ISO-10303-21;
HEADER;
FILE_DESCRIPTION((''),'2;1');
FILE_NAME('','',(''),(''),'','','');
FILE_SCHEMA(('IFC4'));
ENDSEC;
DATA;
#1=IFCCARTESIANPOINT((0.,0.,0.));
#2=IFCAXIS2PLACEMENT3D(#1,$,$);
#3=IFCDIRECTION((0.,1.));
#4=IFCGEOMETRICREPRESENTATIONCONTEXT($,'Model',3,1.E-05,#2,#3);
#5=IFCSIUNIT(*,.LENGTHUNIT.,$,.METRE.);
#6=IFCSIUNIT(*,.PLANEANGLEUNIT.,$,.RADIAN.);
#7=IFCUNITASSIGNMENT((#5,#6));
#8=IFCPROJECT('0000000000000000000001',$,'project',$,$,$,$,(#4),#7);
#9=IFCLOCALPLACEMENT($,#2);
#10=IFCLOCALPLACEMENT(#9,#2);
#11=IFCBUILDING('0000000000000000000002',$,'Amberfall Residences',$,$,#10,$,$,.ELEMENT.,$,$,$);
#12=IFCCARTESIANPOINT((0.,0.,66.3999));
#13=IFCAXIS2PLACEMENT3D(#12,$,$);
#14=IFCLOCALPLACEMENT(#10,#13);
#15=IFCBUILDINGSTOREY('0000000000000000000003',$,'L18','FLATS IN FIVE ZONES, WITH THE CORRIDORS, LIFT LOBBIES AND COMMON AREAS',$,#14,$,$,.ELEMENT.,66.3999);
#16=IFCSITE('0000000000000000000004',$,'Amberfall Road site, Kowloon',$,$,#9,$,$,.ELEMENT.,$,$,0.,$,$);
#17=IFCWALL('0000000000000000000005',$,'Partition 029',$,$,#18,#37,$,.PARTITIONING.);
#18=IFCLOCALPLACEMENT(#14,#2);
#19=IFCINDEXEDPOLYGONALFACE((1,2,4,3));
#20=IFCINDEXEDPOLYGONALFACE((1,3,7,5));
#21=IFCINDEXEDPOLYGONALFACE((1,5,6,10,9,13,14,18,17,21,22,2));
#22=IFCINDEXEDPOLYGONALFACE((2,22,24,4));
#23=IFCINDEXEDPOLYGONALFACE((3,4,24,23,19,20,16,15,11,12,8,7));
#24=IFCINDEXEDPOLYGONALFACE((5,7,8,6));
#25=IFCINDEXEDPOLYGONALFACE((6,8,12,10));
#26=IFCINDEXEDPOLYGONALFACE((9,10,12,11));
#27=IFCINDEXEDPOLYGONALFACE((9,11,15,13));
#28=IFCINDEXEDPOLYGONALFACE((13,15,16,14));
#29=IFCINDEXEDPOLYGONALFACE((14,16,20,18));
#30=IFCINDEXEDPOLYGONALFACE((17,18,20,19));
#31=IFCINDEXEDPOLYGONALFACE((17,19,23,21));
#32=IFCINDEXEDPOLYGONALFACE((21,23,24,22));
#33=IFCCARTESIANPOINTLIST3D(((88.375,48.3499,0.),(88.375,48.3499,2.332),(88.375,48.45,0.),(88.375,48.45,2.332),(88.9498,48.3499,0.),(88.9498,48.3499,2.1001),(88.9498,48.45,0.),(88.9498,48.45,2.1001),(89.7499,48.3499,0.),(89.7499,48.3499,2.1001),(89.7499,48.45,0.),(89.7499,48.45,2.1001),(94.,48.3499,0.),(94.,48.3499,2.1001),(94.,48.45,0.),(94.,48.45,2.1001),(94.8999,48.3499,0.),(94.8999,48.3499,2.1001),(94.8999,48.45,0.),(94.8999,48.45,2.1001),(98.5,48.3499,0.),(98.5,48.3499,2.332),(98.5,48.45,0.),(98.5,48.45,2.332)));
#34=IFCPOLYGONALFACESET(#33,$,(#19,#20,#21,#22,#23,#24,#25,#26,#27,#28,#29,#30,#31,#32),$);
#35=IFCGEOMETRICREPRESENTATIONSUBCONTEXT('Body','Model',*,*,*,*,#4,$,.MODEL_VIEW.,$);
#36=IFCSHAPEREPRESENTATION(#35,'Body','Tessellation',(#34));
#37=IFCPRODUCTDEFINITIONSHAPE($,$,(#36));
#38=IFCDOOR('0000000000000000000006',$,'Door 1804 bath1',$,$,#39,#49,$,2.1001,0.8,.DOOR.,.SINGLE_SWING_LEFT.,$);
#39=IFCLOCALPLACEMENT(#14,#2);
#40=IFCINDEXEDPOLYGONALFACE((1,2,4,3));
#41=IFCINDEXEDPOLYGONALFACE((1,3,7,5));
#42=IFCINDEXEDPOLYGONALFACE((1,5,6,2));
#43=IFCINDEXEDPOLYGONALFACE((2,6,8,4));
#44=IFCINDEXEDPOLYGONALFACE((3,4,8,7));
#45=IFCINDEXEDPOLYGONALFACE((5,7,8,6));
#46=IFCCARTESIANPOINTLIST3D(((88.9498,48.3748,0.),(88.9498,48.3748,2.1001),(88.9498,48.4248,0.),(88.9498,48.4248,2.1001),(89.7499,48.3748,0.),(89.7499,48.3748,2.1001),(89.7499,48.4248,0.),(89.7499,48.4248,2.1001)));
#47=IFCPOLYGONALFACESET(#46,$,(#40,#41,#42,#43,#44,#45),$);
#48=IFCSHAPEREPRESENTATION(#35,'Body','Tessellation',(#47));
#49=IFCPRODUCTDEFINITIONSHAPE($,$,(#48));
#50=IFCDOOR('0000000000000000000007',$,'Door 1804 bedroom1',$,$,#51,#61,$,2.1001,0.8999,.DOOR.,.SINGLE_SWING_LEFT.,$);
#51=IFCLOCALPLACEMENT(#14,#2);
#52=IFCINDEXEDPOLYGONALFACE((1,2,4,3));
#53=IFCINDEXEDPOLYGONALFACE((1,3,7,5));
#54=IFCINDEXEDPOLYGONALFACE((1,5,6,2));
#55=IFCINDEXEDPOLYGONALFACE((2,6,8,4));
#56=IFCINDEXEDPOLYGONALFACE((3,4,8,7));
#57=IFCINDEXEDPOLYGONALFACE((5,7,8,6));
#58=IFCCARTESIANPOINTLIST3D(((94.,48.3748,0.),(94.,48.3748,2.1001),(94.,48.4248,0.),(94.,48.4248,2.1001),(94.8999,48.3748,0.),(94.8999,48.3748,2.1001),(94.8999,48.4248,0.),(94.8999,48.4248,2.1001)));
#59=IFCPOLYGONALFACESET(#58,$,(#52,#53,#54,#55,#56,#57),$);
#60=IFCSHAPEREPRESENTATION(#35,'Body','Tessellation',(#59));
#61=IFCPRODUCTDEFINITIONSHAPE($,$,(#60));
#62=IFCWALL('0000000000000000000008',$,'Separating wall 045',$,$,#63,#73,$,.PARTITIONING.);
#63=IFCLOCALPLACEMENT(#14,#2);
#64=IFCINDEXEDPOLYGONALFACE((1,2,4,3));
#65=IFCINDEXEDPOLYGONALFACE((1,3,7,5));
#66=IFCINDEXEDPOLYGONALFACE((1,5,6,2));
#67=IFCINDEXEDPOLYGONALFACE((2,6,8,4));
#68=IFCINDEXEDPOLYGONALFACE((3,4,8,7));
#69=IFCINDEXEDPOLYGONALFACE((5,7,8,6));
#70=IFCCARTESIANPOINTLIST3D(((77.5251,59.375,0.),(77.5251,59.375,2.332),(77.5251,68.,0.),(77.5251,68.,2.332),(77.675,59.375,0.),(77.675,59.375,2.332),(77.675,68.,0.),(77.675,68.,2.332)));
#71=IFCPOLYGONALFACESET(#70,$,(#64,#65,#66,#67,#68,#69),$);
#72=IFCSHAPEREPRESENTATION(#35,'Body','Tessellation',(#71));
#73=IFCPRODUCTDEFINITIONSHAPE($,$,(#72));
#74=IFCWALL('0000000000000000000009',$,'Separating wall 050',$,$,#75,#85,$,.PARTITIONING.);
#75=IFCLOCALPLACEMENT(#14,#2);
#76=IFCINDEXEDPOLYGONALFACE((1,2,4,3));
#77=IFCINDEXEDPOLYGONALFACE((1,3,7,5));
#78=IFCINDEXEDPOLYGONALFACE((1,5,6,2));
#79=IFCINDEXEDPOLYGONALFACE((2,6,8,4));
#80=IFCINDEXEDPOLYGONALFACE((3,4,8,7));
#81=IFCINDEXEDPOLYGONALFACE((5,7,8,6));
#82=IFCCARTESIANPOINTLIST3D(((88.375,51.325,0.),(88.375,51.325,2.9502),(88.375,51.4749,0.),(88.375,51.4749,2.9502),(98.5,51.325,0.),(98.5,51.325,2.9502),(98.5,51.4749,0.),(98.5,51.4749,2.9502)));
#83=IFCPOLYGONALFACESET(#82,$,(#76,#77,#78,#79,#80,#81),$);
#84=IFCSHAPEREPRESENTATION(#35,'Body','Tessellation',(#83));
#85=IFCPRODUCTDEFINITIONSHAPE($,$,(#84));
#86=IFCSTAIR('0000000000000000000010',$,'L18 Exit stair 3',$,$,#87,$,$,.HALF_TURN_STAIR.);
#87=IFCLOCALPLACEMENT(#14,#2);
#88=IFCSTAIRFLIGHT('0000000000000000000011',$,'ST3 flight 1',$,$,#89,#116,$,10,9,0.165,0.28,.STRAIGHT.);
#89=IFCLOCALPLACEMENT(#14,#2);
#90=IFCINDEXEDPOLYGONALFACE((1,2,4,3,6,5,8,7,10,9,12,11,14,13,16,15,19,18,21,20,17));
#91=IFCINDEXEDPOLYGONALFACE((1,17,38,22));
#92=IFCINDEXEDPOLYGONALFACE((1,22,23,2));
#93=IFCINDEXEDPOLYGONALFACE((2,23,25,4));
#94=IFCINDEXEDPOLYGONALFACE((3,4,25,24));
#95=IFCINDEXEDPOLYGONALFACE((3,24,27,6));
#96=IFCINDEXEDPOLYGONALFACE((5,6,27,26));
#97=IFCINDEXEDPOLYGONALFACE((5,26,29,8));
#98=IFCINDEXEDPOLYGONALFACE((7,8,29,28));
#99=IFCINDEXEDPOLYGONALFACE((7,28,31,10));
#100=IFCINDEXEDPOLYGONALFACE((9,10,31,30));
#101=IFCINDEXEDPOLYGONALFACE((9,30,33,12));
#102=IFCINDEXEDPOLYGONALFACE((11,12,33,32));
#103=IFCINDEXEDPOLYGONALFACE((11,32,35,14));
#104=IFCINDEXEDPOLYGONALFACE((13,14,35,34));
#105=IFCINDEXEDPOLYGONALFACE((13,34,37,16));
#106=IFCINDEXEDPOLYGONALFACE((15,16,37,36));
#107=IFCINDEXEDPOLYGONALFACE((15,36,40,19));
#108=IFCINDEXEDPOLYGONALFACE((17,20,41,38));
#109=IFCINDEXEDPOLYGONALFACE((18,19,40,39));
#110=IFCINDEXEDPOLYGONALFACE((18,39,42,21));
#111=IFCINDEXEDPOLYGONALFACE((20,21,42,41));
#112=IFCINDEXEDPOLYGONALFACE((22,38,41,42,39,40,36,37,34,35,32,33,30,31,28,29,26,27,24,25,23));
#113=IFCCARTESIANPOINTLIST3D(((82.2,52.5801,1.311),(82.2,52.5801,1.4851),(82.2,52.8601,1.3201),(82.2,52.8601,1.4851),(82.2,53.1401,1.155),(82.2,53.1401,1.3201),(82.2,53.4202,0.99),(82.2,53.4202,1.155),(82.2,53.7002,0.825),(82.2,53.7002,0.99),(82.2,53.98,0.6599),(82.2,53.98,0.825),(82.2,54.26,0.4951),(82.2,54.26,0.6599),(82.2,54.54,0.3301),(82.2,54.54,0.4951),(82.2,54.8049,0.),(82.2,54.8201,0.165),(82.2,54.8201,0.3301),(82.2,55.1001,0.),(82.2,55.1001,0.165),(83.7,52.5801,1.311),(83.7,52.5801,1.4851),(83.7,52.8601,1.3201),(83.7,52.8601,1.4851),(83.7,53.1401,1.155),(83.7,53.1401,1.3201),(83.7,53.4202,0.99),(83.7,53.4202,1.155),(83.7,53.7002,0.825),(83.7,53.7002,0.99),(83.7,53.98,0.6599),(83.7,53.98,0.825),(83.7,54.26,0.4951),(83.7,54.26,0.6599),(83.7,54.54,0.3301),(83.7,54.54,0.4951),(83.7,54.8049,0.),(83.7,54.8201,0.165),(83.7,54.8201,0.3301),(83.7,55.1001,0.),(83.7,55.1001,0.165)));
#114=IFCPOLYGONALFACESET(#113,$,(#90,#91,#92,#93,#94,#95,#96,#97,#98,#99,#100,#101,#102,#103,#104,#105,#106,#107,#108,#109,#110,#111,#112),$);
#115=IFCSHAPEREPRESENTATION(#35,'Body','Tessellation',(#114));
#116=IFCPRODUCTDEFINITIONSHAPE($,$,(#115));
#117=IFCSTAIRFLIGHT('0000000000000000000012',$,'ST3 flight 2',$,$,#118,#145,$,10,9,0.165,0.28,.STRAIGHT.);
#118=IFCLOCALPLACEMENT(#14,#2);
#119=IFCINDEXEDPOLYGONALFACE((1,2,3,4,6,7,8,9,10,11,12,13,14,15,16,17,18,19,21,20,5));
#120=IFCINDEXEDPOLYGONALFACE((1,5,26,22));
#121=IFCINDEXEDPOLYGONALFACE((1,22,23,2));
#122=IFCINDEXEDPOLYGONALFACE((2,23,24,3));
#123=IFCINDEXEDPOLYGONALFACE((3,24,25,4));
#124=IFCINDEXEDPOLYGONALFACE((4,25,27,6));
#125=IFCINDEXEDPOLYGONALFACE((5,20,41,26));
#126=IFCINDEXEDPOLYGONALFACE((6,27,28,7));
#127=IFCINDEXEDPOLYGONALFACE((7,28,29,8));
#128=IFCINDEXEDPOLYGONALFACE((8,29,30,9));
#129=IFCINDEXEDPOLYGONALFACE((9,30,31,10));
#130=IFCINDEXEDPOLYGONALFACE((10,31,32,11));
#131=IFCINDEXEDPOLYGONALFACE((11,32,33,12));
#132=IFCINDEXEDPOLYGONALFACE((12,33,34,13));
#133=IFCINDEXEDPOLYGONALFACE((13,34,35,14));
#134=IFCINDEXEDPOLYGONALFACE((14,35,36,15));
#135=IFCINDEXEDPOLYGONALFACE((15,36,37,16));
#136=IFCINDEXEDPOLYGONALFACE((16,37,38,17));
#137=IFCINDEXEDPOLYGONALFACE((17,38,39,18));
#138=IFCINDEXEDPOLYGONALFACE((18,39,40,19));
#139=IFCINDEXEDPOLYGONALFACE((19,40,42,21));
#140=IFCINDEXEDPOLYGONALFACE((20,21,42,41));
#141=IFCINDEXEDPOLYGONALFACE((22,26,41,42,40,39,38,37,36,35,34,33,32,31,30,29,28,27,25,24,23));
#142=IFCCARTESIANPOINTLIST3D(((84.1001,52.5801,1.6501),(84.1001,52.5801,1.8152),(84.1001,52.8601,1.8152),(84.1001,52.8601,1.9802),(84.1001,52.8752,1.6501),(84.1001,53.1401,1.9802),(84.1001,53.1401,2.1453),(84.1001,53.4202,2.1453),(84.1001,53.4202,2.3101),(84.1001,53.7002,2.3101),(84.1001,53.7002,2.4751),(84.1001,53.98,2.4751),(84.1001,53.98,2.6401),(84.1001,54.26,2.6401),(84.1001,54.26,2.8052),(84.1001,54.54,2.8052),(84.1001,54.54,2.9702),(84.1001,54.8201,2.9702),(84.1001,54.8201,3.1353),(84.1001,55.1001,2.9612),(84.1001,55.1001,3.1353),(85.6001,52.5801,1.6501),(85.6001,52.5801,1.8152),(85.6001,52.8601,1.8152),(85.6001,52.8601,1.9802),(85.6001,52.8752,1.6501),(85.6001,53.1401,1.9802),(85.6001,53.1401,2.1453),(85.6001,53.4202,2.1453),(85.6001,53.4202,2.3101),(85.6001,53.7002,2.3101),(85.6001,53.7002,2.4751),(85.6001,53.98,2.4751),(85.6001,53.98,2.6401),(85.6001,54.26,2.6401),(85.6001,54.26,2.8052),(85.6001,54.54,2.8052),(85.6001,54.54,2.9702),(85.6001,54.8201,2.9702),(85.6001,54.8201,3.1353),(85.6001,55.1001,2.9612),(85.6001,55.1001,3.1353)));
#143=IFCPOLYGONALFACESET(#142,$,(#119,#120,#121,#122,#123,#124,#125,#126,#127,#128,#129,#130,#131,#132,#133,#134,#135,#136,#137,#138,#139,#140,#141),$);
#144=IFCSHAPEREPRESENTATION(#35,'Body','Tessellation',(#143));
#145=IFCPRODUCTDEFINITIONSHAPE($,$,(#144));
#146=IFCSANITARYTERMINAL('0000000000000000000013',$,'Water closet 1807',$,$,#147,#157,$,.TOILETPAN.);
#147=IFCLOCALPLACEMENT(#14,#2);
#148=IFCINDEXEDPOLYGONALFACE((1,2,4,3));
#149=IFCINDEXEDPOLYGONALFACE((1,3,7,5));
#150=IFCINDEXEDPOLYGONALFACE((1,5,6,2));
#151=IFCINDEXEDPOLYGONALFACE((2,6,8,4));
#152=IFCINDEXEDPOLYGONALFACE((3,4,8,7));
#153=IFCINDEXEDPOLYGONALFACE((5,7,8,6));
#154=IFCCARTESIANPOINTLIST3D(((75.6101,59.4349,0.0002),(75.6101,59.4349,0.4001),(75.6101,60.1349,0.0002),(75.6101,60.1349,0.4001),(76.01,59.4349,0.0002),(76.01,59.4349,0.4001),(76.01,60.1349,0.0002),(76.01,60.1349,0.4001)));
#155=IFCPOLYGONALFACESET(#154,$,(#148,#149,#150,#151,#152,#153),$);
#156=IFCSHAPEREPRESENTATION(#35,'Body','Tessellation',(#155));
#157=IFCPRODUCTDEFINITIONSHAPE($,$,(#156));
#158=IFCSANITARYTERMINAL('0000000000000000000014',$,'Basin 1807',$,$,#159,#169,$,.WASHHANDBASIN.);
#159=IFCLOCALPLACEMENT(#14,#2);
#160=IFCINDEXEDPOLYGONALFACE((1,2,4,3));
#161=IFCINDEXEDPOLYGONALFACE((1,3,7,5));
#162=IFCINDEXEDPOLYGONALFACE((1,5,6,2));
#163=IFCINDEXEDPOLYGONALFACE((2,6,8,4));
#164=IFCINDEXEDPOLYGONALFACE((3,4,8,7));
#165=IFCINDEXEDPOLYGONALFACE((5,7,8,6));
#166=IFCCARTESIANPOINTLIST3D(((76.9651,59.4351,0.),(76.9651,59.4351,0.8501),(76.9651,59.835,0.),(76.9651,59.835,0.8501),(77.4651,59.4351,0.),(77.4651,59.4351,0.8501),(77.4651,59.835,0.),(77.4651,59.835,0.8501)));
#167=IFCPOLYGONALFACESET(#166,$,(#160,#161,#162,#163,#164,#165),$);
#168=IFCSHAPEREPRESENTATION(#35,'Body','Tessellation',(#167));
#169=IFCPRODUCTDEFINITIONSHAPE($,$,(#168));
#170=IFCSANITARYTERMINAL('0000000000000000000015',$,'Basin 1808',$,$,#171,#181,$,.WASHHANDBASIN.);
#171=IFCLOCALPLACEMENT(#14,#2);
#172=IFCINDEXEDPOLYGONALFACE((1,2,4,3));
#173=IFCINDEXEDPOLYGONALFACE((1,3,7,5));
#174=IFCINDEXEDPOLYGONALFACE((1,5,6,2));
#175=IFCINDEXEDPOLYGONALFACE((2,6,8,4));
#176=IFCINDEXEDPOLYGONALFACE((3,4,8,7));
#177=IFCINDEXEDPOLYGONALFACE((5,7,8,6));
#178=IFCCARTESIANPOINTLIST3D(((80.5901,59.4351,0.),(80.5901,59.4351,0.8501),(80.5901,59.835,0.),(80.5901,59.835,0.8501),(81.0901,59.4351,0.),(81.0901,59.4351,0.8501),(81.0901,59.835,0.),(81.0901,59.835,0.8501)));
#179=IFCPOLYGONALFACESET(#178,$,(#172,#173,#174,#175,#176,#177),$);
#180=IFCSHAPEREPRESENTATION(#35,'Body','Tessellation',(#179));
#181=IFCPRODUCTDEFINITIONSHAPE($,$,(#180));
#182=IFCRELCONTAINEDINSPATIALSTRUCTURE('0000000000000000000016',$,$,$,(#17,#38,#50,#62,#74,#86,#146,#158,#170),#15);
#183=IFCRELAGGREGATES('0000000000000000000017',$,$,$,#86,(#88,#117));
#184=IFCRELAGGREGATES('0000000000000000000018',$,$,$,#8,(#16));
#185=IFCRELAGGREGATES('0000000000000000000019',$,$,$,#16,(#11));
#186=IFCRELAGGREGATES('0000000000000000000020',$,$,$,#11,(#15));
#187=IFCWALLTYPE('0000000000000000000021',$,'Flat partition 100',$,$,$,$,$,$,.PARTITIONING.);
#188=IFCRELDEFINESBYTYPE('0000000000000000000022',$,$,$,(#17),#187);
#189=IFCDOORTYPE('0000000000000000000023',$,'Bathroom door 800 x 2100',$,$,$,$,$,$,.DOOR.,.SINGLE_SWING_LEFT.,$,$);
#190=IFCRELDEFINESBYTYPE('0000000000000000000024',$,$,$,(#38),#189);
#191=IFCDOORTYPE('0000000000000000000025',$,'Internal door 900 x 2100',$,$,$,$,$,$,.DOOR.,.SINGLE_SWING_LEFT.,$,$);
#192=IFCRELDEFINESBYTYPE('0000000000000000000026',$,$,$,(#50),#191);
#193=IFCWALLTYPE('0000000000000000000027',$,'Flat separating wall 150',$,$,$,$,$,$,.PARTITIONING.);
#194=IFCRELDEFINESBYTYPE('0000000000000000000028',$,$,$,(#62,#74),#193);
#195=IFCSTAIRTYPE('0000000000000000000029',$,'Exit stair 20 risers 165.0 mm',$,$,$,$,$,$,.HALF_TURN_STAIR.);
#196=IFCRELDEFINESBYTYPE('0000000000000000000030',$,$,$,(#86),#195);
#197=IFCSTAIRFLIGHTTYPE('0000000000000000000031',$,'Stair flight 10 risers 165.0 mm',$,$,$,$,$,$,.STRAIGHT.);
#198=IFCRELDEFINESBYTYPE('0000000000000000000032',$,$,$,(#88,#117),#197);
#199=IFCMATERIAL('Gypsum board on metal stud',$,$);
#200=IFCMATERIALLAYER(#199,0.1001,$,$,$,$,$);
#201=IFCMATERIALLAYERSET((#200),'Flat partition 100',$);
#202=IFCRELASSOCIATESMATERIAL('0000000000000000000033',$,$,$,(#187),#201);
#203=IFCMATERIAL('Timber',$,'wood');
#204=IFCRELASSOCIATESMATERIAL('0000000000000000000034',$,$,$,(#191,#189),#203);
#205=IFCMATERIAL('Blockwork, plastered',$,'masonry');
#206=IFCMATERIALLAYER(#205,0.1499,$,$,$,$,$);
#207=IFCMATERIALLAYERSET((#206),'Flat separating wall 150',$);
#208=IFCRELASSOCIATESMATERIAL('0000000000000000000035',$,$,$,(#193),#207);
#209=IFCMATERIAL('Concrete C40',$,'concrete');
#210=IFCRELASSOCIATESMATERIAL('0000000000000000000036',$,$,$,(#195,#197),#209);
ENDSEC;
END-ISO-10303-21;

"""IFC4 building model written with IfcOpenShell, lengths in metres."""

from ifc_helpers import new_model, si_unit, direction, frame, frame_2d, origin, origin_2d, place, context, subcontext, project, spatial, polyline, rectangle, outline, extrude, material, layer, layer_set, type_object, element, fill, aggregate, save


model = new_model("IFC4")

# Units and contexts
model_context = context("Model", 3, precision=1e-05, world=origin(), true_north=direction((0.0, 1.0)))
body_context = subcontext(model_context, "Body", "Model", "MODEL_VIEW")
ifc_project = project(units=[si_unit("LENGTHUNIT", "METRE"), si_unit("PLANEANGLEUNIT", "RADIAN")], contexts=[model_context])

# Site, building, storey
site_placement = place(None, origin())
site = spatial("IfcSite", under=ifc_project, at=site_placement, Name="Amberfall Road site, Kowloon", CompositionType="ELEMENT", RefElevation=0.0)
building_placement = place(site_placement, origin())
building = spatial("IfcBuilding", under=site, at=building_placement, Name="Amberfall Residences", CompositionType="ELEMENT")
storey_placement = place(building_placement, frame((0.0, 0.0, 66.3999)))
storey = spatial("IfcBuildingStorey", under=building, at=storey_placement, Name="L18", Description="FLATS IN FIVE ZONES, WITH THE CORRIDORS, LIFT LOBBIES AND COMMON AREAS", CompositionType="ELEMENT", Elevation=66.3999)

# Shared definitions
ifc_material_1 = material(Name="Gypsum board on metal stud")
ifc_layer_1 = layer(ifc_material_1, 0.1001)
ifc_layer_set_1 = layer_set([ifc_layer_1], Name="Flat partition 100")
wall_type_1 = type_object("IfcWallType", Name="Flat partition 100", PredefinedType="PARTITIONING", material=ifc_layer_set_1)
ifc_material_2 = material(Name="Timber", Category="wood")
door_type_1 = type_object("IfcDoorType", Name="Internal door 900 x 2100", OperationType="SINGLE_SWING_LEFT", PredefinedType="DOOR", material=ifc_material_2)

# Wall, openings, doors
wall_1_placement = place(storey_placement, frame((88.375, 48.3999, 0.0), z_axis=(0.0, 0.0, 1.0), x_axis=(1.0, 0.0, 0.0)))
wall_1 = element("IfcWall", 1, at=wall_1_placement, inside=storey, type_object=wall_type_1, Name="Partition 029", PredefinedType="PARTITIONING", context=body_context, shape_type="SweptSolid", body=[
    extrude(rectangle(XDim=10.125, YDim=0.1001, at=frame_2d((5.0625, 0.0))), origin(), (0.0, 0.0, 1.0), 2.332),
])
opening_1_placement = place(wall_1_placement, frame((5.625, 0.0, 0.0)))
opening_1 = element("IfcOpeningElement", 2, at=opening_1_placement, cuts=wall_1, PredefinedType="OPENING", context=body_context, shape_type="SweptSolid", body=[
    extrude(rectangle(XDim=0.8999, YDim=2.1001, at=frame_2d((0.45, 1.05))), frame((0.0, 0.0601, 0.0), z_axis=(0.0, -1.0, 0.0), x_axis=(1.0, 0.0, 0.0)), (0.0, 0.0, 1.0), 0.1201),
])
opening_2_placement = place(wall_1_placement, frame((0.575, 0.0, 0.0)))
opening_2 = element("IfcOpeningElement", 3, at=opening_2_placement, cuts=wall_1, PredefinedType="OPENING", context=body_context, shape_type="SweptSolid", body=[
    extrude(rectangle(XDim=0.8, YDim=2.1001, at=frame_2d((0.3999, 1.05))), frame((0.0, 0.0601, 0.0), z_axis=(0.0, -1.0, 0.0), x_axis=(1.0, 0.0, 0.0)), (0.0, 0.0, 1.0), 0.1201),
])
door_type_2 = type_object("IfcDoorType", Name="Bathroom door 800 x 2100", OperationType="SINGLE_SWING_LEFT", PredefinedType="DOOR", material=ifc_material_2)
door_1_placement = place(opening_2_placement, origin())
door_1 = element("IfcDoor", 4, at=door_1_placement, inside=storey, type_object=door_type_2, Name="Door 1804 bath1", OperationType="SINGLE_SWING_LEFT", OverallHeight=2.1001, OverallWidth=0.8, PredefinedType="DOOR", context=body_context, shape_type="SweptSolid", body=[
    extrude(rectangle(XDim=0.8, YDim=2.1001, at=frame_2d((0.3999, 1.05))), frame((0.0, 0.0249, 0.0), z_axis=(0.0, -1.0, 0.0), x_axis=(1.0, 0.0, 0.0)), (0.0, 0.0, 1.0), 0.05),
])
fill(opening_2, door_1)
door_2_placement = place(opening_1_placement, origin())
door_2 = element("IfcDoor", 5, at=door_2_placement, inside=storey, type_object=door_type_1, Name="Door 1804 bedroom1", OperationType="SINGLE_SWING_LEFT", OverallHeight=2.1001, OverallWidth=0.8999, PredefinedType="DOOR", context=body_context, shape_type="SweptSolid", body=[
    extrude(rectangle(XDim=0.8999, YDim=2.1001, at=frame_2d((0.45, 1.05))), frame((0.0, 0.0249, 0.0), z_axis=(0.0, -1.0, 0.0), x_axis=(1.0, 0.0, 0.0)), (0.0, 0.0, 1.0), 0.05),
])
fill(opening_1, door_2)

# Walls
ifc_material_3 = material(Name="Blockwork, plastered", Category="masonry")
ifc_layer_2 = layer(ifc_material_3, 0.1499)
ifc_layer_set_2 = layer_set([ifc_layer_2], Name="Flat separating wall 150")
wall_type_2 = type_object("IfcWallType", Name="Flat separating wall 150", PredefinedType="PARTITIONING", material=ifc_layer_set_2)
wall_2_placement = place(storey_placement, frame((77.6001, 59.375, 0.0), z_axis=(0.0, 0.0, 1.0), x_axis=(0.0, 1.0, 0.0)))
element("IfcWall", 6, at=wall_2_placement, inside=storey, type_object=wall_type_2, Name="Separating wall 045", PredefinedType="PARTITIONING", context=body_context, shape_type="SweptSolid", body=[
    extrude(rectangle(XDim=8.625, YDim=0.1499, at=frame_2d((4.3125, 0.0))), origin(), (0.0, 0.0, 1.0), 2.332),
])
wall_3_placement = place(storey_placement, frame((88.375, 51.3999, 0.0), z_axis=(0.0, 0.0, 1.0), x_axis=(1.0, 0.0, 0.0)))
element("IfcWall", 7, at=wall_3_placement, inside=storey, type_object=wall_type_2, Name="Separating wall 050", PredefinedType="PARTITIONING", context=body_context, shape_type="SweptSolid", body=[
    extrude(rectangle(XDim=10.125, YDim=0.1499, at=frame_2d((5.0625, 0.0))), origin(), (0.0, 0.0, 1.0), 2.9502),
])

# Stair, stair flights
ifc_material_4 = material(Name="Concrete C40", Category="concrete")
stair_type = type_object("IfcStairType", Name="Exit stair 20 risers 165.0 mm", PredefinedType="HALF_TURN_STAIR", material=ifc_material_4)
stair_placement = place(storey_placement, origin())
stair = element("IfcStair", 8, at=stair_placement, inside=storey, type_object=stair_type, Name="L18 Exit stair 3", PredefinedType="HALF_TURN_STAIR")
stair_flight_type = type_object("IfcStairFlightType", Name="Stair flight 10 risers 165.0 mm", PredefinedType="STRAIGHT", material=ifc_material_4)
stair_flight_1_placement = place(storey_placement, frame((82.95, 55.1001, 0.0), z_axis=(0.0, 0.0, 1.0), x_axis=(0.0, -1.0, 0.0)))
stair_flight_1 = element("IfcStairFlight", 9, at=stair_flight_1_placement, type_object=stair_flight_type, Name="ST3 flight 1", NumberOfRisers=10, NumberOfTreads=9, PredefinedType="STRAIGHT", RiserHeight=0.165, TreadLength=0.28, context=body_context, shape_type="SweptSolid", body=[
    extrude(outline(polyline([(0.0, 0.0), (0.0, 0.165), (0.28, 0.165), (0.28, 0.3301), (0.5601, 0.3301), (0.5601, 0.4951), (0.8401, 0.4951), (0.8401, 0.6599), (1.1201, 0.6599), (1.1201, 0.825), (1.3999, 0.825), (1.3999, 0.99), (1.6799, 0.99), (1.6799, 1.155), (1.96, 1.155), (1.96, 1.3201), (2.24, 1.3201), (2.24, 1.4851), (2.52, 1.4851), (2.52, 1.6499), (2.52, 1.311), (0.2952, 0.0), (0.0, 0.0)])), frame((0.0, 0.75, 0.0), z_axis=(0.0, -1.0, 0.0), x_axis=(1.0, 0.0, 0.0)), (0.0, 0.0, 1.0), 1.5),
])
stair_flight_2_placement = place(storey_placement, frame((84.8501, 52.5801, 1.6501), z_axis=(0.0, 0.0, 1.0), x_axis=(0.0, 1.0, 0.0)))
stair_flight_2 = element("IfcStairFlight", 10, at=stair_flight_2_placement, type_object=stair_flight_type, Name="ST3 flight 2", NumberOfRisers=10, NumberOfTreads=9, PredefinedType="STRAIGHT", RiserHeight=0.165, TreadLength=0.28, context=body_context, shape_type="SweptSolid", body=[
    extrude(outline(polyline([(0.0, 0.0), (0.0, 0.165), (0.28, 0.165), (0.28, 0.3301), (0.5601, 0.3301), (0.5601, 0.4951), (0.8401, 0.4951), (0.8401, 0.6599), (1.1201, 0.6599), (1.1201, 0.825), (1.3999, 0.825), (1.3999, 0.99), (1.6799, 0.99), (1.6799, 1.155), (1.96, 1.155), (1.96, 1.3201), (2.24, 1.3201), (2.24, 1.4851), (2.52, 1.4851), (2.52, 1.6499), (2.52, 1.311), (0.2952, 0.0), (0.0, 0.0)])), frame((0.0, 0.75, 0.0), z_axis=(0.0, -1.0, 0.0), x_axis=(1.0, 0.0, 0.0)), (0.0, 0.0, 1.0), 1.5),
])
aggregate(stair, [stair_flight_1, stair_flight_2])

# Sanitary terminals
sanitary_terminal_placement = place(storey_placement, frame((75.8101, 59.7849, 0.0002), z_axis=(0.0, 0.0, 1.0), x_axis=(1.0, 0.0, 0.0)))
element("IfcSanitaryTerminal", 11, at=sanitary_terminal_placement, inside=storey, Name="Water closet 1807", PredefinedType="TOILETPAN", context=body_context, shape_type="SweptSolid", body=[
    extrude(rectangle(XDim=0.3999, YDim=0.7, at=origin_2d()), origin(), (0.0, 0.0, 1.0), 0.3999),
])
for number, where, z_axis, x_axis, name in (
    (12, (77.2151, 59.635, 0.0), (0.0, 0.0, 1.0), (1.0, 0.0, 0.0), "Basin 1807"),
    (13, (80.8401, 59.635, 0.0), (0.0, 0.0, 1.0), (1.0, 0.0, 0.0), "Basin 1808"),
):
    element("IfcSanitaryTerminal", number, at=place(storey_placement, frame(where, z_axis=z_axis, x_axis=x_axis)), inside=storey, Name=name, PredefinedType="WASHHANDBASIN", context=body_context, shape_type="SweptSolid", body=[
        extrude(rectangle(XDim=0.5, YDim=0.3999, at=origin_2d()), origin(), (0.0, 0.0, 1.0), 0.8501),
    ])

save(model, "model.ifc")
